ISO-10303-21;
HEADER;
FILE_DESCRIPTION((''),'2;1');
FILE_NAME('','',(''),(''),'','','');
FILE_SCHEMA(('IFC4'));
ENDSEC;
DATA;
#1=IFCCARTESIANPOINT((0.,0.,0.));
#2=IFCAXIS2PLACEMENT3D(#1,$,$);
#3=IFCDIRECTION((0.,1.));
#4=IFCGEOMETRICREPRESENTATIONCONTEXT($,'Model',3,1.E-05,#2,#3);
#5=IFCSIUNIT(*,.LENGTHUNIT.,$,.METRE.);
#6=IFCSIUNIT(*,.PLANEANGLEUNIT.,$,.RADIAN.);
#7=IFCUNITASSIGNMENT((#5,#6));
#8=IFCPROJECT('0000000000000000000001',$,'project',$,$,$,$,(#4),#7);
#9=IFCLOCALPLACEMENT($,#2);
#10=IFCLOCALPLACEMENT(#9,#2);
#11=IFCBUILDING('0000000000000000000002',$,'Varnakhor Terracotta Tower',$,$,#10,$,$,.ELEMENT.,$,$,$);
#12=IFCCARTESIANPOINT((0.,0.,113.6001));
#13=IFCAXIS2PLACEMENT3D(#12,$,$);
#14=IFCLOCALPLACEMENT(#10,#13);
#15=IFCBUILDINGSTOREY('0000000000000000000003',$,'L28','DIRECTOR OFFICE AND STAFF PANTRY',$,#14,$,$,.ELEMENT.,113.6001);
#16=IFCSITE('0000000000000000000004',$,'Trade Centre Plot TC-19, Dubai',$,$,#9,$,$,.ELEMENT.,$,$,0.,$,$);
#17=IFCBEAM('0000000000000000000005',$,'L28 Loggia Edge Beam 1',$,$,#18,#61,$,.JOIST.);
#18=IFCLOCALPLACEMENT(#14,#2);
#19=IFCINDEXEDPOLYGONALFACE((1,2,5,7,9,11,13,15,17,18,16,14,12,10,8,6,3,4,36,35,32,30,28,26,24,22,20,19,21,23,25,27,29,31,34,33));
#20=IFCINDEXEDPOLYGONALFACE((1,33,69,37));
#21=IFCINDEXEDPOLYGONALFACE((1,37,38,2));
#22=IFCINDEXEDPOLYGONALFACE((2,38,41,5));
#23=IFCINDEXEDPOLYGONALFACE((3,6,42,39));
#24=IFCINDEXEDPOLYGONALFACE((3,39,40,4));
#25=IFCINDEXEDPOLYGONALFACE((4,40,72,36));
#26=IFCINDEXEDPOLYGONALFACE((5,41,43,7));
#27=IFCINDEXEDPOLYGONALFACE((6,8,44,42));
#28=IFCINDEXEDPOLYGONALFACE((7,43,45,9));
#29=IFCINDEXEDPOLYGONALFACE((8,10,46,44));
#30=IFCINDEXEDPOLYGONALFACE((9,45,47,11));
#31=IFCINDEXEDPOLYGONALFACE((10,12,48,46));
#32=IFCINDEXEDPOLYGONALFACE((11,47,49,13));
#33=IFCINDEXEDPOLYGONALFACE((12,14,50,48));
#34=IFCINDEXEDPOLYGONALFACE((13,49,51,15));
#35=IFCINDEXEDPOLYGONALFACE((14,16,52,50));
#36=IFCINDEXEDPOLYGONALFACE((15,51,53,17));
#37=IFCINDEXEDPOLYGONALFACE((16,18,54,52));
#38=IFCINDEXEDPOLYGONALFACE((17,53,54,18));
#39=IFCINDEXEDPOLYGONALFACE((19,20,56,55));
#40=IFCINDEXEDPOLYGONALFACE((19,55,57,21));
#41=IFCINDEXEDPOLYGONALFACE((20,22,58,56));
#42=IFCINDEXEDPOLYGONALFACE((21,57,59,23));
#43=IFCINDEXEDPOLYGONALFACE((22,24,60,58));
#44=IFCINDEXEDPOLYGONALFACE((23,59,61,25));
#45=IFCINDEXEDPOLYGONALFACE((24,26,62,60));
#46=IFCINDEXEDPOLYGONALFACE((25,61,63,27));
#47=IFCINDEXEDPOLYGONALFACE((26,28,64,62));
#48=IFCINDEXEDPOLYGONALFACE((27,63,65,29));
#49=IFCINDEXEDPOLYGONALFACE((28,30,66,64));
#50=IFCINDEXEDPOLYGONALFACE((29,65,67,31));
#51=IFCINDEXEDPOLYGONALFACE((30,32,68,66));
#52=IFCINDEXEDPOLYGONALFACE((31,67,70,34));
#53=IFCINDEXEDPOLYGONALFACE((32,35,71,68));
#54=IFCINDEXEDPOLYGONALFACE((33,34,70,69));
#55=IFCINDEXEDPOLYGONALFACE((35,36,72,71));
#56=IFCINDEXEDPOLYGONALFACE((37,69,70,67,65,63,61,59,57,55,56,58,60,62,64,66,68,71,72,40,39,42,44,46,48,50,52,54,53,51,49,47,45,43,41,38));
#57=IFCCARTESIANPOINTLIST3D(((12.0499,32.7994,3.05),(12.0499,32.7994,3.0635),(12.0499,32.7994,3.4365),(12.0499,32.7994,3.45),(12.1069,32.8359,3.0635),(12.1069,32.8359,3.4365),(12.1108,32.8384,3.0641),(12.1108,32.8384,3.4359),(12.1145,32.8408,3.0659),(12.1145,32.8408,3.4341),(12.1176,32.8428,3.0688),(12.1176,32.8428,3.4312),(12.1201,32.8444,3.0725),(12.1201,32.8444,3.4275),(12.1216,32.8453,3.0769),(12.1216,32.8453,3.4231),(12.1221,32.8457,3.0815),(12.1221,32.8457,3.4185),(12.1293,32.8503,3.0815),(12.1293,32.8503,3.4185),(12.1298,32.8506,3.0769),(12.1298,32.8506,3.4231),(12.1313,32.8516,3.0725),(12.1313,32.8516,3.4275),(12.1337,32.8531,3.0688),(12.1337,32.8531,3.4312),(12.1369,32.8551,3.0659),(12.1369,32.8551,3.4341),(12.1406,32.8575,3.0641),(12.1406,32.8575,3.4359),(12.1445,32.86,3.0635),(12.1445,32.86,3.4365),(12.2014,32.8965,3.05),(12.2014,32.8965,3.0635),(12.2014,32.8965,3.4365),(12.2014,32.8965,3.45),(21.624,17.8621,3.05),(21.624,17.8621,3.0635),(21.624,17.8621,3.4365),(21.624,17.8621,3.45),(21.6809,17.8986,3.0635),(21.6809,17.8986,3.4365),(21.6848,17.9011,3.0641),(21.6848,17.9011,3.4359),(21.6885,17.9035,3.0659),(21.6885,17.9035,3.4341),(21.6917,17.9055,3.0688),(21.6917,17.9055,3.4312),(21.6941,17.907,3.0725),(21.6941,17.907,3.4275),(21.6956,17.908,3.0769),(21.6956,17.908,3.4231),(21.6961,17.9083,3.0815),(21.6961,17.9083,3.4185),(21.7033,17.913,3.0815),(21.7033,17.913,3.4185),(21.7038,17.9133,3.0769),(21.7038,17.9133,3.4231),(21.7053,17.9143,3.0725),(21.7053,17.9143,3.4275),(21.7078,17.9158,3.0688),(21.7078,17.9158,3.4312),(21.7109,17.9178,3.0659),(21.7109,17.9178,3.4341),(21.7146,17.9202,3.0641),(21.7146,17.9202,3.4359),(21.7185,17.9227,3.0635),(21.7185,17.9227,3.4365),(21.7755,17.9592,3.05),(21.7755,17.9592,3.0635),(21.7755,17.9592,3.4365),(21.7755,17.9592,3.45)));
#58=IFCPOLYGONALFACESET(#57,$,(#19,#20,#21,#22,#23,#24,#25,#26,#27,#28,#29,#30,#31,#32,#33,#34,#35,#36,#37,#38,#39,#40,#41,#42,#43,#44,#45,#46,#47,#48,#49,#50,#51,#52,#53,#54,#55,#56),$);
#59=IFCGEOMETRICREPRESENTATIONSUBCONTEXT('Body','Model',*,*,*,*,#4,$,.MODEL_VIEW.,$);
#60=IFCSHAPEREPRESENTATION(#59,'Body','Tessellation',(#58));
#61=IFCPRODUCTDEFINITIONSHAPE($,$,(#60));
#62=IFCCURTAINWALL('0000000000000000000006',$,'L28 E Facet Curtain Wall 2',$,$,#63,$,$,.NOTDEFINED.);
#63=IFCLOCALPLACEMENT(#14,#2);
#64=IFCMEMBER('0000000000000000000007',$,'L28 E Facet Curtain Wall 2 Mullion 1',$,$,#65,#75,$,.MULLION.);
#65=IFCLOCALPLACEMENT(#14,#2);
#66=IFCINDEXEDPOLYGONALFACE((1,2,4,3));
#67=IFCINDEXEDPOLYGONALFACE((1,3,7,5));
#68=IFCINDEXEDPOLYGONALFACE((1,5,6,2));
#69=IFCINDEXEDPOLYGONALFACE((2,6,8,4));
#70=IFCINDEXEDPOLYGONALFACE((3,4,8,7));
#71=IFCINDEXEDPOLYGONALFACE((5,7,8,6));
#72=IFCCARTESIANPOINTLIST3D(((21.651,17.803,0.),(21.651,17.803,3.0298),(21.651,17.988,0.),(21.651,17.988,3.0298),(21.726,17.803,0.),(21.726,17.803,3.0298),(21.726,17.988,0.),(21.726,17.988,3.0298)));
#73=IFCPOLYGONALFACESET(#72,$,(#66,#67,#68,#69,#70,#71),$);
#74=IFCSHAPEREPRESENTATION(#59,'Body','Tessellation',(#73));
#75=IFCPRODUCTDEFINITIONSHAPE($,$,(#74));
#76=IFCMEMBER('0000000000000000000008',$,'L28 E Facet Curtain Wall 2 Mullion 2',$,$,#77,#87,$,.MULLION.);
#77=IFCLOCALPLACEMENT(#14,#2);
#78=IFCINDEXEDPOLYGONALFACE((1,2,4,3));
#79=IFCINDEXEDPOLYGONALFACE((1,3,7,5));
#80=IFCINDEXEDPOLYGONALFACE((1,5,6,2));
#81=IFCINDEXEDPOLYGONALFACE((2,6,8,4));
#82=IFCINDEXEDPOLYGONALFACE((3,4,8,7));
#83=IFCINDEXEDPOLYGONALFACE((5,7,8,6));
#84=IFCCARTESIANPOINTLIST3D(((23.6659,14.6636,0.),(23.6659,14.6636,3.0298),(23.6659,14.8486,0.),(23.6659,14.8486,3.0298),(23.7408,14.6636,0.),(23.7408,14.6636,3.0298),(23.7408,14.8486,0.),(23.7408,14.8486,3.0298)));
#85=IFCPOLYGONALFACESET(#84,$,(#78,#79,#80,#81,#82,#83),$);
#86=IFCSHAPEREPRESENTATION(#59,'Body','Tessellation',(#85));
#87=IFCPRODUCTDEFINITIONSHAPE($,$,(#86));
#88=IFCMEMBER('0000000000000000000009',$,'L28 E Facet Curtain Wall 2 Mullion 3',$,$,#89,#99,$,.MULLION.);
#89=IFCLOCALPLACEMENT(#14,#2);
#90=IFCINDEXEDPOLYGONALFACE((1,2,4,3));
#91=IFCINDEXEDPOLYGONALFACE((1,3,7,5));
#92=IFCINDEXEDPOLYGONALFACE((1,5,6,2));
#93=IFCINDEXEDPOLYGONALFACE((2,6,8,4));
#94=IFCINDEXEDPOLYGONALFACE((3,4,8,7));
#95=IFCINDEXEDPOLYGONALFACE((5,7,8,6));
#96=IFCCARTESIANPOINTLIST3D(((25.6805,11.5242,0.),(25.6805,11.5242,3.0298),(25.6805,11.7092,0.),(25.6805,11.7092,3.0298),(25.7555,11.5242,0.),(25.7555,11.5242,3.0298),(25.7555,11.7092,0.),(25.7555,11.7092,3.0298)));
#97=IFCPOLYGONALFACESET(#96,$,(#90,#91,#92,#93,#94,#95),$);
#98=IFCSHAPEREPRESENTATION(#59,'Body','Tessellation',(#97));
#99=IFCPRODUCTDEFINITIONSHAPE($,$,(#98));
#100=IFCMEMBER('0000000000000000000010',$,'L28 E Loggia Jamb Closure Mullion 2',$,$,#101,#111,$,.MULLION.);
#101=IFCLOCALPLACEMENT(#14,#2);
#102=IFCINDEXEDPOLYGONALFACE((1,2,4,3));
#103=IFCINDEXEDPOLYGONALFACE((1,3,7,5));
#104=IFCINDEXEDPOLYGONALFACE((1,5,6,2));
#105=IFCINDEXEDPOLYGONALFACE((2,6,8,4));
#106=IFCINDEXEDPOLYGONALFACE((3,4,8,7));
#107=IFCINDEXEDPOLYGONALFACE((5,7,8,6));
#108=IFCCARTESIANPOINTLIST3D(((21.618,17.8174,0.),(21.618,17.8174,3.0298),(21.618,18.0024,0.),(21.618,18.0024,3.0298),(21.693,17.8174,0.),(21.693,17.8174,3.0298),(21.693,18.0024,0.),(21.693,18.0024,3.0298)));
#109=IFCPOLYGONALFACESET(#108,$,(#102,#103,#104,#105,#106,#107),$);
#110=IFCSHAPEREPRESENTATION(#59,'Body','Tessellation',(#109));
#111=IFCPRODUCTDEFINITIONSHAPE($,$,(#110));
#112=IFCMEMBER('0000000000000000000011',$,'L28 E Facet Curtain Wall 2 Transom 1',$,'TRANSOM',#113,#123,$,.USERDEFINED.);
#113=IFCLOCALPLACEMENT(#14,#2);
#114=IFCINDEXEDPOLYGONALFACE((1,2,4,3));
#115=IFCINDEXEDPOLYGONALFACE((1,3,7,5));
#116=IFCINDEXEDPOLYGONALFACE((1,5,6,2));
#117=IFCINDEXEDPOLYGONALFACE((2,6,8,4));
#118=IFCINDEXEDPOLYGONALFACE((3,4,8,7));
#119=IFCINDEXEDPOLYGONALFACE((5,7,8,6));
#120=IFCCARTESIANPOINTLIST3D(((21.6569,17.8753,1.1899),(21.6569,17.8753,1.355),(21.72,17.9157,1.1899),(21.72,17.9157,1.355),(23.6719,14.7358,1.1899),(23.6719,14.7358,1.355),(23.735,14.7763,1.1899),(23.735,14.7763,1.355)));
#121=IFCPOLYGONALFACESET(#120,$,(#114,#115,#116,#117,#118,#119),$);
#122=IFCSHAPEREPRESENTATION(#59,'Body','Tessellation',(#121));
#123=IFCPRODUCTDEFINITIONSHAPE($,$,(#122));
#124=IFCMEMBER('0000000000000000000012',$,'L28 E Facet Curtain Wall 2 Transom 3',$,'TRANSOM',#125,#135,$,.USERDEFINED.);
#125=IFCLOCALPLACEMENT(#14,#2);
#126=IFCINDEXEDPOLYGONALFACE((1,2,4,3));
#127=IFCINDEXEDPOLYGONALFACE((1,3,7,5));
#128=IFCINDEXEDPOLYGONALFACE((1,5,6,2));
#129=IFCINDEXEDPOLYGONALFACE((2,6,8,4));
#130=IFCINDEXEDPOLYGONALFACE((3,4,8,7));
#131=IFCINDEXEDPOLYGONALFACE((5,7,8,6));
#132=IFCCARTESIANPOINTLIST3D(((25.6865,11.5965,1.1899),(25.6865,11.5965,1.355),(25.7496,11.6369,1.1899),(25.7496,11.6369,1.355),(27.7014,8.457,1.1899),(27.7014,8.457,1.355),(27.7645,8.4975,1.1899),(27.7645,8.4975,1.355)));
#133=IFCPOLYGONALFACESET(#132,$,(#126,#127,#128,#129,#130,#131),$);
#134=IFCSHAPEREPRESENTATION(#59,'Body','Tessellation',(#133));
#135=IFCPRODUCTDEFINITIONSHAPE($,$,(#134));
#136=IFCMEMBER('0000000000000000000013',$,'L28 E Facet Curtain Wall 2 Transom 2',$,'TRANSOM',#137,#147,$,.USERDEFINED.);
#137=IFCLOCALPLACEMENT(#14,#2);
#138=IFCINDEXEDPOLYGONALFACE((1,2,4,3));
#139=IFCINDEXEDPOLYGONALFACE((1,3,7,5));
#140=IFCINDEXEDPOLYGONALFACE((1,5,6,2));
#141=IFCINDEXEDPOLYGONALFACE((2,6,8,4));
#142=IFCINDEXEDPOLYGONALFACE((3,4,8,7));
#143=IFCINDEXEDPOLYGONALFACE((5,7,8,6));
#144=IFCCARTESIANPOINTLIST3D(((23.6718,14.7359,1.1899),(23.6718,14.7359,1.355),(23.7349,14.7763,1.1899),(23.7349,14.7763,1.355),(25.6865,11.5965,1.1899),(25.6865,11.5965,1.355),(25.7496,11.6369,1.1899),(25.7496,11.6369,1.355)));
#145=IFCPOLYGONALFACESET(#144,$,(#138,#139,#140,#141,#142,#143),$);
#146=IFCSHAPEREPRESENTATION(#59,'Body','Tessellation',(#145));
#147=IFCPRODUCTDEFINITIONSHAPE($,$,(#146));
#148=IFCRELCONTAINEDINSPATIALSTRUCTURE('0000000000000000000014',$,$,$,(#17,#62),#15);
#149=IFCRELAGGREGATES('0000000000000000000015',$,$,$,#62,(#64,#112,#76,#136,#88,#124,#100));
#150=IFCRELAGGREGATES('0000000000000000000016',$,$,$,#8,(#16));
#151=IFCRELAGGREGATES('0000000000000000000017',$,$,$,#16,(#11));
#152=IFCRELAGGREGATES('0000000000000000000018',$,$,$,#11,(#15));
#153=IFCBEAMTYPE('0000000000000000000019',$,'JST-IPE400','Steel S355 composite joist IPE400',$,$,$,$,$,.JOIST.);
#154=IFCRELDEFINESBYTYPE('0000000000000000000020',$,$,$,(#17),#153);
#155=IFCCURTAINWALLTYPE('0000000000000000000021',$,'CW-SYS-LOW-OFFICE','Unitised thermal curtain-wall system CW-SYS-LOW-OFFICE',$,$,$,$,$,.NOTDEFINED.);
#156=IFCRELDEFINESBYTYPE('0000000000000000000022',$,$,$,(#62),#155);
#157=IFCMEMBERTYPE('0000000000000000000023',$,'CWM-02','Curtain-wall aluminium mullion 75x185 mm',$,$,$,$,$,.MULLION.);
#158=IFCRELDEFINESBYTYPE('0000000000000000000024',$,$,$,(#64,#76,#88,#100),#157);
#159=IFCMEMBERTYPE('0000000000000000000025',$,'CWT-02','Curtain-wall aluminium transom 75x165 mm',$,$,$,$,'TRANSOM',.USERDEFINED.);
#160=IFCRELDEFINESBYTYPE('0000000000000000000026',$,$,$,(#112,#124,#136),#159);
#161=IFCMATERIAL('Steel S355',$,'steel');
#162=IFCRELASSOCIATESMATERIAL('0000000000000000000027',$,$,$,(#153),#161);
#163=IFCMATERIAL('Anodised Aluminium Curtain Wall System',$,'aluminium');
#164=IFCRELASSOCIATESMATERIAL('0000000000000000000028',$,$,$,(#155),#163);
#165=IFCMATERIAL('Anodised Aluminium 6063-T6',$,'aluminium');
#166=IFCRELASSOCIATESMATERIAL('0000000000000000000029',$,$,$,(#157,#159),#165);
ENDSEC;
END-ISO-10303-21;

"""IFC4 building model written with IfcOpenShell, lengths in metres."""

from ifc_helpers import new_model, si_unit, direction, frame, origin, origin_2d, place, context, subcontext, project, spatial, rectangle, i_section, extrude, source, transform, mapped, material, material_profile, profile_set, type_object, element, aggregate, save


model = new_model("IFC4")

# Units and contexts
model_context = context("Model", 3, precision=1e-05, world=origin(), true_north=direction((0.0, 1.0)))
body_context = subcontext(model_context, "Body", "Model", "MODEL_VIEW")
ifc_project = project(units=[si_unit("LENGTHUNIT", "METRE"), si_unit("PLANEANGLEUNIT", "RADIAN")], contexts=[model_context])

# Site, building, storey
site_placement = place(None, origin())
site = spatial("IfcSite", under=ifc_project, at=site_placement, Name="Trade Centre Plot TC-19, Dubai", CompositionType="ELEMENT", RefElevation=0.0)
building_placement = place(site_placement, origin())
building = spatial("IfcBuilding", under=site, at=building_placement, Name="Varnakhor Terracotta Tower", CompositionType="ELEMENT")
storey_placement = place(building_placement, frame((0.0, 0.0, 113.6001)))
storey = spatial("IfcBuildingStorey", under=building, at=storey_placement, Name="L28", Description="DIRECTOR OFFICE AND STAFF PANTRY", CompositionType="ELEMENT", Elevation=113.6001)

# Beam
ifc_material_1 = material(Name="Steel S355", Category="steel")
ifc_material_profile_1 = material_profile(ifc_material_1, i_section(OverallWidth=0.1799, OverallDepth=0.3999, WebThickness=0.0085, FlangeThickness=0.0134, FilletRadius=0.0181, at=origin_2d()), Name="IPE400")
ifc_profile_set_1 = profile_set([ifc_material_profile_1], Name="Steel S355")
beam_type = type_object("IfcBeamType", Name="JST-IPE400", Description="Steel S355 composite joist IPE400", PredefinedType="JOIST", material=ifc_profile_set_1)
shared_shape_1 = source(origin(), body_context, "Body", "SweptSolid", [
    extrude(i_section(OverallWidth=0.1799, OverallDepth=0.3999, WebThickness=0.0085, FlangeThickness=0.0134, FilletRadius=0.0181, at=origin_2d()), origin(), (0.0, 0.0, 1.0), 17.7422),
])
beam_1_placement = place(storey_placement, frame((21.6997, 17.9106, 3.25), z_axis=(-0.539619, 0.84191, 0.0), x_axis=(-0.84191, -0.539619, 0.0)))
element("IfcBeam", 1, at=beam_1_placement, inside=storey, type_object=beam_type, Name="L28 Loggia Edge Beam 1", PredefinedType="JOIST", context=body_context, shape_type="MappedRepresentation", body=[
    mapped(shared_shape_1, transform((0.0, 0.0, 0.0), scale=1.0)),
])

# Curtain wall, members
ifc_material_2 = material(Name="Anodised Aluminium Curtain Wall System", Category="aluminium")
curtain_wall_type = type_object("IfcCurtainWallType", Name="CW-SYS-LOW-OFFICE", Description="Unitised thermal curtain-wall system CW-SYS-LOW-OFFICE", PredefinedType="NOTDEFINED", material=ifc_material_2)
curtain_wall_placement = place(storey_placement, origin())
curtain_wall = element("IfcCurtainWall", 2, at=curtain_wall_placement, inside=storey, type_object=curtain_wall_type, Name="L28 E Facet Curtain Wall 2", PredefinedType="NOTDEFINED")
ifc_material_3 = material(Name="Anodised Aluminium 6063-T6", Category="aluminium")
ifc_material_profile_2 = material_profile(ifc_material_3, rectangle(XDim=0.075, YDim=0.1851, at=origin_2d()), Name="ALU MULLION 75x185")
ifc_profile_set_2 = profile_set([ifc_material_profile_2], Name="Anodised Aluminium 6063-T6")
member_type_1 = type_object("IfcMemberType", Name="CWM-02", Description="Curtain-wall aluminium mullion 75x185 mm", PredefinedType="MULLION", material=ifc_profile_set_2)
shared_shape_2 = source(origin(), body_context, "Body", "SweptSolid", [
    extrude(rectangle(XDim=0.075, YDim=0.1851, at=origin_2d()), origin(), (0.0, 0.0, 1.0), 3.0298),
])
member_1_placement = place(storey_placement, frame((21.6885, 17.8955, 0.0), z_axis=(0.0, 0.0, 1.0), x_axis=(1.0, 0.0, 0.0)))
member_1 = element("IfcMember", 3, at=member_1_placement, type_object=member_type_1, Name="L28 E Facet Curtain Wall 2 Mullion 1", PredefinedType="MULLION", context=body_context, shape_type="MappedRepresentation", body=[
    mapped(shared_shape_2, transform((0.0, 0.0, 0.0), scale=1.0)),
])
member_2_placement = place(storey_placement, frame((23.7034, 14.7561, 0.0), z_axis=(0.0, 0.0, 1.0), x_axis=(1.0, 0.0, 0.0)))
member_2 = element("IfcMember", 4, at=member_2_placement, type_object=member_type_1, Name="L28 E Facet Curtain Wall 2 Mullion 2", PredefinedType="MULLION", context=body_context, shape_type="MappedRepresentation", body=[
    mapped(shared_shape_2, transform((0.0, 0.0, 0.0), scale=1.0)),
])
member_3_placement = place(storey_placement, frame((25.718, 11.6167, 0.0), z_axis=(0.0, 0.0, 1.0), x_axis=(1.0, 0.0, 0.0)))
member_3 = element("IfcMember", 5, at=member_3_placement, type_object=member_type_1, Name="L28 E Facet Curtain Wall 2 Mullion 3", PredefinedType="MULLION", context=body_context, shape_type="MappedRepresentation", body=[
    mapped(shared_shape_2, transform((0.0, 0.0, 0.0), scale=1.0)),
])
member_4_placement = place(storey_placement, frame((21.6555, 17.9099, 0.0), z_axis=(0.0, 0.0, 1.0), x_axis=(1.0, 0.0, 0.0)))
member_4 = element("IfcMember", 6, at=member_4_placement, type_object=member_type_1, Name="L28 E Loggia Jamb Closure Mullion 2", PredefinedType="MULLION", context=body_context, shape_type="MappedRepresentation", body=[
    mapped(shared_shape_2, transform((0.0, 0.0, 0.0), scale=1.0)),
])
ifc_material_profile_3 = material_profile(ifc_material_3, rectangle(XDim=0.075, YDim=0.165, at=origin_2d()), Name="ALU TRANSOM 75x165")
ifc_profile_set_3 = profile_set([ifc_material_profile_3], Name="Anodised Aluminium 6063-T6")
member_type_2 = type_object("IfcMemberType", Name="CWT-02", Description="Curtain-wall aluminium transom 75x165 mm", ElementType="TRANSOM", PredefinedType="USERDEFINED", material=ifc_profile_set_3)
shared_shape_3 = source(origin(), body_context, "Body", "SweptSolid", [
    extrude(rectangle(XDim=0.075, YDim=0.165, at=origin_2d()), origin(), (0.0, 0.0, 1.0), 3.7305),
])
member_5_placement = place(storey_placement, frame((21.6885, 17.8955, 1.2725), z_axis=(0.540132, -0.84158, 0.0), x_axis=(0.84158, 0.540132, 0.0)))
member_5 = element("IfcMember", 7, at=member_5_placement, type_object=member_type_2, Name="L28 E Facet Curtain Wall 2 Transom 1", ObjectType="TRANSOM", PredefinedType="USERDEFINED", context=body_context, shape_type="MappedRepresentation", body=[
    mapped(shared_shape_3, transform((0.0, 0.0, 0.0), scale=1.0)),
])
member_6_placement = place(storey_placement, frame((25.718, 11.6167, 1.2725), z_axis=(0.540132, -0.84158, 0.0), x_axis=(0.84158, 0.540132, 0.0)))
member_6 = element("IfcMember", 8, at=member_6_placement, type_object=member_type_2, Name="L28 E Facet Curtain Wall 2 Transom 3", ObjectType="TRANSOM", PredefinedType="USERDEFINED", context=body_context, shape_type="MappedRepresentation", body=[
    mapped(shared_shape_3, transform((0.0, 0.0, 0.0), scale=1.0)),
])
shared_shape_4 = source(origin(), body_context, "Body", "SweptSolid", [
    extrude(rectangle(XDim=0.075, YDim=0.165, at=origin_2d()), origin(), (0.0, 0.0, 1.0), 3.7302),
])
member_7_placement = place(storey_placement, frame((23.7034, 14.7561, 1.2725), z_axis=(0.540086, -0.84161, 0.0), x_axis=(0.84161, 0.540086, 0.0)))
member_7 = element("IfcMember", 9, at=member_7_placement, type_object=member_type_2, Name="L28 E Facet Curtain Wall 2 Transom 2", ObjectType="TRANSOM", PredefinedType="USERDEFINED", context=body_context, shape_type="MappedRepresentation", body=[
    mapped(shared_shape_4, transform((0.0, 0.0, 0.0), scale=1.0)),
])

aggregate(curtain_wall, [member_1, member_5, member_2, member_7, member_3, member_6, member_4])

save(model, "model.ifc")
